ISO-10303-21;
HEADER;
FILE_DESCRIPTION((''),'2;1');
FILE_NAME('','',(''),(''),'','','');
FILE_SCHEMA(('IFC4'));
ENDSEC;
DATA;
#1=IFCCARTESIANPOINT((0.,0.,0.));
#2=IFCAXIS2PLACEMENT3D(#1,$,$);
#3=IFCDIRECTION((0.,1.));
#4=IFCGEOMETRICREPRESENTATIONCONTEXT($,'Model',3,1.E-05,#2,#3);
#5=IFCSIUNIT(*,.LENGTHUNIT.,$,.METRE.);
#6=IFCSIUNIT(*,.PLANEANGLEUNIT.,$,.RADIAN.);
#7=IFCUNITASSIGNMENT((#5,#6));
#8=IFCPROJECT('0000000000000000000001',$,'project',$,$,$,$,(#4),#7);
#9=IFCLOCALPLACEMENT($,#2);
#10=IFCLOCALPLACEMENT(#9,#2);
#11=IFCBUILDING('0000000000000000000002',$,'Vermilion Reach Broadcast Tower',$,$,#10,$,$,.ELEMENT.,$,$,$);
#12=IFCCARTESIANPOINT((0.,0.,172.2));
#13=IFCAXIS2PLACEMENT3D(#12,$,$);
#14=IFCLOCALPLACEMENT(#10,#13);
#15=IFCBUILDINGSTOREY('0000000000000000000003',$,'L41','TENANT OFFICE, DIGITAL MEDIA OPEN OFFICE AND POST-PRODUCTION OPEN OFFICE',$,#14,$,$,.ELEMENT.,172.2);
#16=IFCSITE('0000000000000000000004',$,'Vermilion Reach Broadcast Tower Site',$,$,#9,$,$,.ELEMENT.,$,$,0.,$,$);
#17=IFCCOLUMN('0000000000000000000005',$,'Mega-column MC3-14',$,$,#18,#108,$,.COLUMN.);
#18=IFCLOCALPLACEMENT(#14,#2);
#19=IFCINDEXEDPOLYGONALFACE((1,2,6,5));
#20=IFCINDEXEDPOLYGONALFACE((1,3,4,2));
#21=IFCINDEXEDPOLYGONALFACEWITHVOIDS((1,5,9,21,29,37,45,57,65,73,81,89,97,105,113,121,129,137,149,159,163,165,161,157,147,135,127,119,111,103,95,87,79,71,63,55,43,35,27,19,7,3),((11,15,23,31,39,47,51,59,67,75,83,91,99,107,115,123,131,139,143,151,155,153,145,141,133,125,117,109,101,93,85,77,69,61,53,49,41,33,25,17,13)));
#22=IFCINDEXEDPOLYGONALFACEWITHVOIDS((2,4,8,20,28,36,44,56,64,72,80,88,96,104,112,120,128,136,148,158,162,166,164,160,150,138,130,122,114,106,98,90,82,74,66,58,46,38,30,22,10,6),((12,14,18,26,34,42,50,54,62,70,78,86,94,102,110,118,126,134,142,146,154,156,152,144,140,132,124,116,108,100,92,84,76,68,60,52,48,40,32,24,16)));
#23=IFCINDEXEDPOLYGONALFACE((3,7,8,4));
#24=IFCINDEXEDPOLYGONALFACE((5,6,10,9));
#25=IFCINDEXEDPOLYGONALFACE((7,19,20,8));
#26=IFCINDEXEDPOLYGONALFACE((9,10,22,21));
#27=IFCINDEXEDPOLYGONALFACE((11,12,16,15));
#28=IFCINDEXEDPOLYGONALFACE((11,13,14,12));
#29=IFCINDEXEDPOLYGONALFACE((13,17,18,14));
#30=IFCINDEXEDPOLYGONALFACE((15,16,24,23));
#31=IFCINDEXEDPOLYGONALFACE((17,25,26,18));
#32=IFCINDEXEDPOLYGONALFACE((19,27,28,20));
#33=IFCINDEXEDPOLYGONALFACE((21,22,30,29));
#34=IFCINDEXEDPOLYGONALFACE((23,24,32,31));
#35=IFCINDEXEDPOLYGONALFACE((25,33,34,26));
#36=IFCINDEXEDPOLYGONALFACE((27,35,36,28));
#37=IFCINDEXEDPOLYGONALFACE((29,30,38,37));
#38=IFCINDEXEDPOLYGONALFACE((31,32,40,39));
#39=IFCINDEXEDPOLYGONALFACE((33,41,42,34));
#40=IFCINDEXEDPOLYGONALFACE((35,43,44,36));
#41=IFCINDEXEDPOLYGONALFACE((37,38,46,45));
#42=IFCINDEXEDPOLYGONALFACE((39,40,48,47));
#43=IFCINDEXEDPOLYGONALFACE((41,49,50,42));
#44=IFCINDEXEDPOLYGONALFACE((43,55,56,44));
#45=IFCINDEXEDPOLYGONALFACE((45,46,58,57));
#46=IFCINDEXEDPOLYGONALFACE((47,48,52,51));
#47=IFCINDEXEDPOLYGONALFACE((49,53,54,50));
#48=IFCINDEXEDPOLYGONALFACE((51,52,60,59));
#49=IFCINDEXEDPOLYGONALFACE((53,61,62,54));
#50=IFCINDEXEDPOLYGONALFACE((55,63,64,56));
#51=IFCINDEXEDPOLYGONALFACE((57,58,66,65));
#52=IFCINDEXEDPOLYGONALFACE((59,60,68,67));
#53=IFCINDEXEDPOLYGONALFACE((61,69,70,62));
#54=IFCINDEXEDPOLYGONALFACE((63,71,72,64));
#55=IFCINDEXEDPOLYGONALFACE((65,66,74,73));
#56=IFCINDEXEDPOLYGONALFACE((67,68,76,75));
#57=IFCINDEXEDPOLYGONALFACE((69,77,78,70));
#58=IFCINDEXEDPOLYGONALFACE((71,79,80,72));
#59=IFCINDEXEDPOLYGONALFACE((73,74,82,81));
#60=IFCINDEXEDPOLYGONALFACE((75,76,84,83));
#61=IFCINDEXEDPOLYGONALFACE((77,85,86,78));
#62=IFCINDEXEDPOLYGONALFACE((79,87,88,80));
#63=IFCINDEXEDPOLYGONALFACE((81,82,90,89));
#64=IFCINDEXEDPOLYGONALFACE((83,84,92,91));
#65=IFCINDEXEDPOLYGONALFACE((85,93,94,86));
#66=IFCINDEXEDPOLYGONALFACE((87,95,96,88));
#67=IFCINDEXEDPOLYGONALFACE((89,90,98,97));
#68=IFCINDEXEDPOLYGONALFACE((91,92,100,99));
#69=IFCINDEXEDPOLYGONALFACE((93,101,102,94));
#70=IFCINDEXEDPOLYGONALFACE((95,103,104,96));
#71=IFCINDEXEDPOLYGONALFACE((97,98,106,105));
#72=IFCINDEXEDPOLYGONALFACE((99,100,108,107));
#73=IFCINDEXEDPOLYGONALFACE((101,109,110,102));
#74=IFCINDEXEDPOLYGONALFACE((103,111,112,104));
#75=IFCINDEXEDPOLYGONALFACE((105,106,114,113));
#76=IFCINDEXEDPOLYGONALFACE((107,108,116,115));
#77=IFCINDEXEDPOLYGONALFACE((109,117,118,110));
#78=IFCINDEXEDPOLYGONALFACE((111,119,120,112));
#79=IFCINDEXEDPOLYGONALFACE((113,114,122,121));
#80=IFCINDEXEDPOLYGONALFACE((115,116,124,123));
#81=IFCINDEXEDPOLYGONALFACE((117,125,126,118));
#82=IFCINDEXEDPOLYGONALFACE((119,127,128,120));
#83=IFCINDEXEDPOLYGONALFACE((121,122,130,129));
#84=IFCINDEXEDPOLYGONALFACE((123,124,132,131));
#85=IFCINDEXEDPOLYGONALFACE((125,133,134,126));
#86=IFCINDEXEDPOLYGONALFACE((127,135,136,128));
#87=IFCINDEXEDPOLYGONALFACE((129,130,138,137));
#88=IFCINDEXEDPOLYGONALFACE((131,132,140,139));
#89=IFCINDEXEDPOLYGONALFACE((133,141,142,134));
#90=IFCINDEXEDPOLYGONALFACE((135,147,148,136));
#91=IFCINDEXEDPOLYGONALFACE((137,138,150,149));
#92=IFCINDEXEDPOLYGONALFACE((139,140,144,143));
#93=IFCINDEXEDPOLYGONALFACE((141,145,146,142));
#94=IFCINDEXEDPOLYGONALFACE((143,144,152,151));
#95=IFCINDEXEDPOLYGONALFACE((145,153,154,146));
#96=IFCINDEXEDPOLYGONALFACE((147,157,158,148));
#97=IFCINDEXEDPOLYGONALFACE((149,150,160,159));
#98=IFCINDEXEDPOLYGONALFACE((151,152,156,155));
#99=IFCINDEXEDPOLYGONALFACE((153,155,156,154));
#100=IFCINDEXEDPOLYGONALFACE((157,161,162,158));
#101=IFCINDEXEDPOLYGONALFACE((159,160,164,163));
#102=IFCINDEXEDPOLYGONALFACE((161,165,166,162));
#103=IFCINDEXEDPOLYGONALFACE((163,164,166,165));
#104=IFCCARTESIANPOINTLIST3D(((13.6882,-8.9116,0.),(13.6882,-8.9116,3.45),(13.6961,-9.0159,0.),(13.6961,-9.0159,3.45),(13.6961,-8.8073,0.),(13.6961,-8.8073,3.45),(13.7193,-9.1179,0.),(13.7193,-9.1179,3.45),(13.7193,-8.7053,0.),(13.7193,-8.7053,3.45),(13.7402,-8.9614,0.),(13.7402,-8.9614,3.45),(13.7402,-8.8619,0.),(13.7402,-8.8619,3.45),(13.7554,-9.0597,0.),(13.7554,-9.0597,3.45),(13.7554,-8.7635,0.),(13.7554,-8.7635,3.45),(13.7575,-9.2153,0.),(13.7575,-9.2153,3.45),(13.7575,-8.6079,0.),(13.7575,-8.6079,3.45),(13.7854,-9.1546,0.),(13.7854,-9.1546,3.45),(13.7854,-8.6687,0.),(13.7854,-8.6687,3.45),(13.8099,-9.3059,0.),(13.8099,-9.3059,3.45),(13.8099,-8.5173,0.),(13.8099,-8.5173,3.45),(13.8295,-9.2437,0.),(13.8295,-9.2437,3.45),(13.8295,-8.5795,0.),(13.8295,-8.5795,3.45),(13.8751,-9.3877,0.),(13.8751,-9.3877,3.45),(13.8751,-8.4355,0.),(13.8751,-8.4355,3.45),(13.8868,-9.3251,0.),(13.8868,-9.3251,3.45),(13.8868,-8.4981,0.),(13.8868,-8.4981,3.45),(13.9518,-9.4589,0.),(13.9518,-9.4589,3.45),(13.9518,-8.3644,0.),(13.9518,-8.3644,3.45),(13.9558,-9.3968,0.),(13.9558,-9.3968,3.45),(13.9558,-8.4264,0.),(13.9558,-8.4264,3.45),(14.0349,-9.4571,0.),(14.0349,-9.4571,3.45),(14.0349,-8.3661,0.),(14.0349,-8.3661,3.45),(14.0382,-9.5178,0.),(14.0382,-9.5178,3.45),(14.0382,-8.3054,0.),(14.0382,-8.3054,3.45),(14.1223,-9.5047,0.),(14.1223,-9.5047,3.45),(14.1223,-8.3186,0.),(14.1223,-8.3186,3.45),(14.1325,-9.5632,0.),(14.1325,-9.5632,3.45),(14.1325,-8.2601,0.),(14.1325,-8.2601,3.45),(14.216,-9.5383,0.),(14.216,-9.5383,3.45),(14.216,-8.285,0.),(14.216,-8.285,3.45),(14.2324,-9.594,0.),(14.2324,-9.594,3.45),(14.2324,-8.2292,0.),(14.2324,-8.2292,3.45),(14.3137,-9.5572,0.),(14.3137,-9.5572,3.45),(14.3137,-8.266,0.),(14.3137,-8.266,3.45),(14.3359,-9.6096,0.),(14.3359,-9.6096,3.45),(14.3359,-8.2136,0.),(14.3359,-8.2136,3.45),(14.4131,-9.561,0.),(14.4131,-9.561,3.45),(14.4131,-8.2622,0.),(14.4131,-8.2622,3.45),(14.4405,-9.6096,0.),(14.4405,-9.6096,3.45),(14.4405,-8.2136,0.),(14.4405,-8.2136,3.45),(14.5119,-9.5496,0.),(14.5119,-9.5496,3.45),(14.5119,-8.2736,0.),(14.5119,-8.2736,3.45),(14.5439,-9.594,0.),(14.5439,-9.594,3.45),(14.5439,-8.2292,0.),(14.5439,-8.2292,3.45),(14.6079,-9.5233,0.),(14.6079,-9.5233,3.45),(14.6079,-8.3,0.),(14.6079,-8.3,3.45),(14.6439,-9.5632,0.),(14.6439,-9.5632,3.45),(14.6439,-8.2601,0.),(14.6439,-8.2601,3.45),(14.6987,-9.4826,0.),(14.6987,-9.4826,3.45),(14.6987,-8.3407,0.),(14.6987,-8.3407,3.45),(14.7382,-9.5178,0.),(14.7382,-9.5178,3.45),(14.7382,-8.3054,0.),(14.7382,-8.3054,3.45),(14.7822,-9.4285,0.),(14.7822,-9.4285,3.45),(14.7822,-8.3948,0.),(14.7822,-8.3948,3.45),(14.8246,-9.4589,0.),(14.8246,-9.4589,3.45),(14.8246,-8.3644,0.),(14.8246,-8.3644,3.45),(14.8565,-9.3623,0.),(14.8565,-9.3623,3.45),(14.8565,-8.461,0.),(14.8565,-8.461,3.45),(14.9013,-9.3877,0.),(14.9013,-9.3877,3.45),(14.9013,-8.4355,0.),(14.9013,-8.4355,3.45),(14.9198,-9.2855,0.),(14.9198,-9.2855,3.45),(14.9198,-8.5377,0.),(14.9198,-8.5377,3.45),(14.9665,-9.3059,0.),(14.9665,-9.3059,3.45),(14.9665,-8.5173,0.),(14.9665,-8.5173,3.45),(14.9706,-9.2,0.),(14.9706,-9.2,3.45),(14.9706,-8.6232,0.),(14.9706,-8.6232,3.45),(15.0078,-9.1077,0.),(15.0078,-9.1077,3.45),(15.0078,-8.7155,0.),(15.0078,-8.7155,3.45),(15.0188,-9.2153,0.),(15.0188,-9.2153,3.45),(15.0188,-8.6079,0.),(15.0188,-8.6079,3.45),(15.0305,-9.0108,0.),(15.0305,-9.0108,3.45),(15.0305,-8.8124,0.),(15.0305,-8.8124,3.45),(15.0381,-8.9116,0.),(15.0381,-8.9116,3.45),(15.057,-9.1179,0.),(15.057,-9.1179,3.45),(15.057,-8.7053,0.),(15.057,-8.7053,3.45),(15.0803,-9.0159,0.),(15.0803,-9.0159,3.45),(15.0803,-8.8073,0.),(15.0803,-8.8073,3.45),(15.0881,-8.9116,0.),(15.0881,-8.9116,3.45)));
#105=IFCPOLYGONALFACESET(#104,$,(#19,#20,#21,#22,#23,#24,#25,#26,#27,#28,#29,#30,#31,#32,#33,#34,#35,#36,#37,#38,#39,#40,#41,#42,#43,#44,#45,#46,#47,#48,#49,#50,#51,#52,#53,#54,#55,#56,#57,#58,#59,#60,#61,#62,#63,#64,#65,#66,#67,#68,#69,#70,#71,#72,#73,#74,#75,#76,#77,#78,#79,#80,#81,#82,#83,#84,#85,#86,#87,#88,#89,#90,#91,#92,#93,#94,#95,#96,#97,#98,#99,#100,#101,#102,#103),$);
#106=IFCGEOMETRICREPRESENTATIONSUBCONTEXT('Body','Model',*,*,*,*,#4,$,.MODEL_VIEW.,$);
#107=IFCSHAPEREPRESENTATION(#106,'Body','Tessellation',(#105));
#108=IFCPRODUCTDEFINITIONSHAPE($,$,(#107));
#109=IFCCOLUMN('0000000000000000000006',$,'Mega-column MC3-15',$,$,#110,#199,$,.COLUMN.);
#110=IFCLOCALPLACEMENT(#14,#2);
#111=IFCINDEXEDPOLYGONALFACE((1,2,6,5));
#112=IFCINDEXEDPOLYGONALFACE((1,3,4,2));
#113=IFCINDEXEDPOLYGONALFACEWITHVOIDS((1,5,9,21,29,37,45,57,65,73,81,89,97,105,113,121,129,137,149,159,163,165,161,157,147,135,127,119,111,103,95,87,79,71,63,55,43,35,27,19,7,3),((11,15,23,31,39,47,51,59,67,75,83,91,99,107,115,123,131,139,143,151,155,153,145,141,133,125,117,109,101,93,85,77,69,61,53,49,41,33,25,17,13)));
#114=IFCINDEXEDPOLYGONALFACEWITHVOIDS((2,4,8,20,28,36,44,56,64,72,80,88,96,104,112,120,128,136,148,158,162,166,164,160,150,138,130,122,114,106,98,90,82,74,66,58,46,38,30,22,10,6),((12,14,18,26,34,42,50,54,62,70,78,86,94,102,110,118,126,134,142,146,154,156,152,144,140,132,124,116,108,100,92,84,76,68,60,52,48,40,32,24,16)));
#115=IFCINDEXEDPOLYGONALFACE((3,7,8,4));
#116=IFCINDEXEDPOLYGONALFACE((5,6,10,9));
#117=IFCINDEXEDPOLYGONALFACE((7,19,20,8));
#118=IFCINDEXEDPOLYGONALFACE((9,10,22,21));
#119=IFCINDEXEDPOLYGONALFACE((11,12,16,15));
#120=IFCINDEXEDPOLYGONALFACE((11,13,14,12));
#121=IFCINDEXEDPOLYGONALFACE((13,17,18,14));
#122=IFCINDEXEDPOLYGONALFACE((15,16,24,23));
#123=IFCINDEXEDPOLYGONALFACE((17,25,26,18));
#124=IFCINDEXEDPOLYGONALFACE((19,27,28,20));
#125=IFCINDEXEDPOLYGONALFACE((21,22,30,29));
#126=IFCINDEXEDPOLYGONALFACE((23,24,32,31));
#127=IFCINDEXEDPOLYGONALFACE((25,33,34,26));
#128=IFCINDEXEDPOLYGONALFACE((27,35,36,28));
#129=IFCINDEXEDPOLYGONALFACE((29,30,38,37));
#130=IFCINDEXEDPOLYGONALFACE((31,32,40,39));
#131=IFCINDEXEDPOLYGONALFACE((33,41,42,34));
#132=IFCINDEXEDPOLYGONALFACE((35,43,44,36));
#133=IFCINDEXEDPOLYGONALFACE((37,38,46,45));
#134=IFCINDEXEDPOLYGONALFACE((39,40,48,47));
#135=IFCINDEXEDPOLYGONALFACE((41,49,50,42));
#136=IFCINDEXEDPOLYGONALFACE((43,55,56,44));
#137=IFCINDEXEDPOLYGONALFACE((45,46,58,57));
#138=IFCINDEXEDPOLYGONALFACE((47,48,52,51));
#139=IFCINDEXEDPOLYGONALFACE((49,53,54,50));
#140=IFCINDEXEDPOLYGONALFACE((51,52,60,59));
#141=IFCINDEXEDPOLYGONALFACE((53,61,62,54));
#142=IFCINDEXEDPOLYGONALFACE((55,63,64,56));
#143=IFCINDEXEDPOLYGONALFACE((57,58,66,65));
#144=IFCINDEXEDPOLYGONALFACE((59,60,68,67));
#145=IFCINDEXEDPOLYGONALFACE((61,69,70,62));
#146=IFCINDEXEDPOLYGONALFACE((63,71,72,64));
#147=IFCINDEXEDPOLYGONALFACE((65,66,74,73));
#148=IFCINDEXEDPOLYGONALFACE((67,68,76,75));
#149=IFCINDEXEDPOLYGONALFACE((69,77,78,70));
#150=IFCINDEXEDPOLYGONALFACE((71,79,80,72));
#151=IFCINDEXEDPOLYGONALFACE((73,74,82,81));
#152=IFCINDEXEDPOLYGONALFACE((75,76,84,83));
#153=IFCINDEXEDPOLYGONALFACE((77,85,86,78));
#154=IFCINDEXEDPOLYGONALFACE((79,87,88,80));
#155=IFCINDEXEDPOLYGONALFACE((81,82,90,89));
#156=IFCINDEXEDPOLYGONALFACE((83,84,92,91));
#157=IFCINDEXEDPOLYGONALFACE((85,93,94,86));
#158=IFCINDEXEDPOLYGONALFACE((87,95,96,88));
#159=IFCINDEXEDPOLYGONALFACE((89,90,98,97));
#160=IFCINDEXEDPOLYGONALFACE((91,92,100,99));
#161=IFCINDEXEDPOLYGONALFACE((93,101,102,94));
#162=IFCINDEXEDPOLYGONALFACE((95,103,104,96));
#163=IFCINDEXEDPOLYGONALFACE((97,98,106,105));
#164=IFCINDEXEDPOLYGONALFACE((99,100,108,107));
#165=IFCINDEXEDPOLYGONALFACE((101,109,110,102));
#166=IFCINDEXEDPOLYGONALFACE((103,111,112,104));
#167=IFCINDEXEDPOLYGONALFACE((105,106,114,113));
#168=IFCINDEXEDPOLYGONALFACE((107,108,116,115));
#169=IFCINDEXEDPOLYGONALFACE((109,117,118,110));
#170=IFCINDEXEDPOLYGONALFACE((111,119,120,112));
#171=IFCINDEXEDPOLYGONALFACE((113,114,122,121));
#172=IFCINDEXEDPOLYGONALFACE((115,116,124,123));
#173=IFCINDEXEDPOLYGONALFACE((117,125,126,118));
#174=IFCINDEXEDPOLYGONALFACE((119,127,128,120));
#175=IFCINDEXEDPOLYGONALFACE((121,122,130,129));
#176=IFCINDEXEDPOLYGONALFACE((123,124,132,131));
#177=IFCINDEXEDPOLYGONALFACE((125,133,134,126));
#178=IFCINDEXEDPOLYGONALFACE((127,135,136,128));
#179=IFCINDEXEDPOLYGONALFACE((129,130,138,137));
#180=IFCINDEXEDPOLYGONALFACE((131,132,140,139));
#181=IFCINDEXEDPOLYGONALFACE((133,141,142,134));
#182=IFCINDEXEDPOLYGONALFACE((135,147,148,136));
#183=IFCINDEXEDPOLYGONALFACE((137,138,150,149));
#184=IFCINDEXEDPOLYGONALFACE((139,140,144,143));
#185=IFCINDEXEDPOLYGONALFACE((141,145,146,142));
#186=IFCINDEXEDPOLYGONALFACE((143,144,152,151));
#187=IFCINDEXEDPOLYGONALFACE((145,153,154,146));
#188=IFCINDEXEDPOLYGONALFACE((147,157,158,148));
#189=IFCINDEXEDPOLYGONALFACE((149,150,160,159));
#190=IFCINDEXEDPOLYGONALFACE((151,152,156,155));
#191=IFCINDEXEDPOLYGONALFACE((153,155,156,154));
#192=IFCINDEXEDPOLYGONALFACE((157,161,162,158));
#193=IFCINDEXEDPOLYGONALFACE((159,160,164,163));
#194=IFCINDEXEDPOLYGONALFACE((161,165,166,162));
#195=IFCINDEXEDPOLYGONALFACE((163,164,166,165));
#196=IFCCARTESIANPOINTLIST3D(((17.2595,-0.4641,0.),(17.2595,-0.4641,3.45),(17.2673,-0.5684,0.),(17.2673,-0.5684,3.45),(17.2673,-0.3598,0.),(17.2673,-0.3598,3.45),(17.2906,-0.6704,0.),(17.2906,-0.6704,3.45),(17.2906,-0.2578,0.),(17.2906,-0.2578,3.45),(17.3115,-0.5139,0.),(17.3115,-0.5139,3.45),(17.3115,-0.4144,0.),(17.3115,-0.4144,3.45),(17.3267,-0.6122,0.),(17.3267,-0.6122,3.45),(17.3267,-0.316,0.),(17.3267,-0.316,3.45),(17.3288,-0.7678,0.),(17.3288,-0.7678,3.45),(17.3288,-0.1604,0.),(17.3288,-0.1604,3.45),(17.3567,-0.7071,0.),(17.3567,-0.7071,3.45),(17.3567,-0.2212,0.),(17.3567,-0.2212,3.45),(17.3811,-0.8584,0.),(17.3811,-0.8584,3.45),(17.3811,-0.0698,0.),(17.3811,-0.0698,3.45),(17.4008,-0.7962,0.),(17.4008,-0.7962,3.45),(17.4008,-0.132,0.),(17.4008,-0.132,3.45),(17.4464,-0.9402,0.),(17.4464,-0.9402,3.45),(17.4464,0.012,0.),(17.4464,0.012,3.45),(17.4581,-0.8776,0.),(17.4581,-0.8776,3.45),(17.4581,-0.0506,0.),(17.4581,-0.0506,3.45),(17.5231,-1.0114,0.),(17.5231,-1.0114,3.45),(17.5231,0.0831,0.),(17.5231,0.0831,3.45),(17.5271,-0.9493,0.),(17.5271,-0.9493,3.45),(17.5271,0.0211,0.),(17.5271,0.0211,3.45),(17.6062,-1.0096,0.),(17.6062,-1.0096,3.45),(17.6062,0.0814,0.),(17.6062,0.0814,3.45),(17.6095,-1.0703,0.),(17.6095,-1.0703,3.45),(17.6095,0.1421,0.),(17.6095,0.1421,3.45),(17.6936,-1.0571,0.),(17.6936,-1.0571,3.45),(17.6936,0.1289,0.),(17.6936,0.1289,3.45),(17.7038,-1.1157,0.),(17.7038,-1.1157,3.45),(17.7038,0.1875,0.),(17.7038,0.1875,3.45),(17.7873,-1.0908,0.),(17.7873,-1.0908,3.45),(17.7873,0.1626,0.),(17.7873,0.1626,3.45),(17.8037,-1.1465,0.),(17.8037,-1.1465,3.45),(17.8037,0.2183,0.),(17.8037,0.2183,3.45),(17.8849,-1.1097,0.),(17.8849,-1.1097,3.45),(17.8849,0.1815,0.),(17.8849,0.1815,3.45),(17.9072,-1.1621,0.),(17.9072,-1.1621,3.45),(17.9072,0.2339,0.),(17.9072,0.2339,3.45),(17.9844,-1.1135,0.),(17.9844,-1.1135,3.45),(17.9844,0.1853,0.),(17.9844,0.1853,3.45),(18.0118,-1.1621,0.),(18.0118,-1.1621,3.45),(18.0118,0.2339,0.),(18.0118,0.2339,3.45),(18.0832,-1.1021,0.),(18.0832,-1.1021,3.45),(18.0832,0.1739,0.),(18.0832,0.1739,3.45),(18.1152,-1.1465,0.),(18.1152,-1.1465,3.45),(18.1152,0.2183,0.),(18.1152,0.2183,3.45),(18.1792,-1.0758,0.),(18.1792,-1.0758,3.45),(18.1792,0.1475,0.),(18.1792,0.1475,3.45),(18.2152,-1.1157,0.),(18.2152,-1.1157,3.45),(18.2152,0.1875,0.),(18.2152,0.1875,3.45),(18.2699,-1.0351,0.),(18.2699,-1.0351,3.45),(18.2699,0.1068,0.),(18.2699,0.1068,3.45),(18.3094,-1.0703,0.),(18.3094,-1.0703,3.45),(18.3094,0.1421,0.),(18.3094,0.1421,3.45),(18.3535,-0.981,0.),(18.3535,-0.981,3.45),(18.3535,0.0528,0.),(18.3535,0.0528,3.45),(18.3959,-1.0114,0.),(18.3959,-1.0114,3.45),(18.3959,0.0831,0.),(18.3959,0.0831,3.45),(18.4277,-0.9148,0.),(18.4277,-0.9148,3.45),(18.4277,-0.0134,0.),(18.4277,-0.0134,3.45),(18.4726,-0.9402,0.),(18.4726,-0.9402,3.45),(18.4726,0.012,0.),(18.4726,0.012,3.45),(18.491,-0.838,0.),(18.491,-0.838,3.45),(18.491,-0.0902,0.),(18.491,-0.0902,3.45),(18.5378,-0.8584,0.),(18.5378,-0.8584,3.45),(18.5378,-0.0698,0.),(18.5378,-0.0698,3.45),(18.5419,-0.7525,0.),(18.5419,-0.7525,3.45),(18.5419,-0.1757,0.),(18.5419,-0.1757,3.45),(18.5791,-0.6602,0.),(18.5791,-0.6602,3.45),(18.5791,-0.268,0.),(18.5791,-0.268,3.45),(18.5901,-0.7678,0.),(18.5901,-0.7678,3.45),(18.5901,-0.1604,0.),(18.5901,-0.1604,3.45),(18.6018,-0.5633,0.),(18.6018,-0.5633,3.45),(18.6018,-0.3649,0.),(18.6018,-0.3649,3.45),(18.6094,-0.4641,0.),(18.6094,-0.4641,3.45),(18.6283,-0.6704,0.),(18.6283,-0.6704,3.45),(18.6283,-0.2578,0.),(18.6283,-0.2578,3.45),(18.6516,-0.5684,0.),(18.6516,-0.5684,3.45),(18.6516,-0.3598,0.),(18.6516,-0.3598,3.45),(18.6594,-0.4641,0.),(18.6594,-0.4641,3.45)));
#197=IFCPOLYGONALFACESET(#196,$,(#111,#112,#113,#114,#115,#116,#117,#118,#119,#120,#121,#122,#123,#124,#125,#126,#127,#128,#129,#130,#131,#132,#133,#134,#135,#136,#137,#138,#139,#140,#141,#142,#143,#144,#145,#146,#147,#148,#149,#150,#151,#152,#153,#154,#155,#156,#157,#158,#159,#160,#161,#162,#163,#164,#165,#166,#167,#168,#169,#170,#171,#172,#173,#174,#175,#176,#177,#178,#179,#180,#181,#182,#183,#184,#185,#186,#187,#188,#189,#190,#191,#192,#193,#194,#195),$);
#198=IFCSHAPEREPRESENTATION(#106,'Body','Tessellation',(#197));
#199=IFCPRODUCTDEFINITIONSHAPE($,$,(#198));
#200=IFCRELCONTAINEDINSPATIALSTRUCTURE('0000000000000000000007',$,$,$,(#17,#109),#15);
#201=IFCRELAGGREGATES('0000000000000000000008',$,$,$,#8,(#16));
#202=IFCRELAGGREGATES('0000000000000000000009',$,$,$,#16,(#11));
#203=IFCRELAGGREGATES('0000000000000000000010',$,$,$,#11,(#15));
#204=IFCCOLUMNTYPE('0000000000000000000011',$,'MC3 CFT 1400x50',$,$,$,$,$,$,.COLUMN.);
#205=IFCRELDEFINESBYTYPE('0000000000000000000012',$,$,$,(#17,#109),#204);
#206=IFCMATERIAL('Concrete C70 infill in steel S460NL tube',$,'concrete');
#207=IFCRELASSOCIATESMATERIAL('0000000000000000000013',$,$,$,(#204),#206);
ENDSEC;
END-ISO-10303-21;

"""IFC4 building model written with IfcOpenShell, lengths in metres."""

from ifc_helpers import new_model, si_unit, direction, frame, origin, origin_2d, place, context, subcontext, project, spatial, hollow_circle, extrude, material, material_profile, profile_set, type_object, element, save


model = new_model("IFC4")

# Units and contexts
model_context = context("Model", 3, precision=1e-05, world=origin(), true_north=direction((0.0, 1.0)))
body_context = subcontext(model_context, "Body", "Model", "MODEL_VIEW")
ifc_project = project(units=[si_unit("LENGTHUNIT", "METRE"), si_unit("PLANEANGLEUNIT", "RADIAN")], contexts=[model_context])

# Site, building, storey
site_placement = place(None, origin())
site = spatial("IfcSite", under=ifc_project, at=site_placement, Name="Vermilion Reach Broadcast Tower Site", CompositionType="ELEMENT", RefElevation=0.0)
building_placement = place(site_placement, origin())
building = spatial("IfcBuilding", under=site, at=building_placement, Name="Vermilion Reach Broadcast Tower", CompositionType="ELEMENT")
storey_placement = place(building_placement, frame((0.0, 0.0, 172.2)))
storey = spatial("IfcBuildingStorey", under=building, at=storey_placement, Name="L41", Description="TENANT OFFICE, DIGITAL MEDIA OPEN OFFICE AND POST-PRODUCTION OPEN OFFICE", CompositionType="ELEMENT", Elevation=172.2)

# Columns
ifc_material_1 = material(Name="Concrete C70 infill in steel S460NL tube", Category="concrete")
ifc_material_profile_1 = material_profile(ifc_material_1, hollow_circle(Radius=0.7, WallThickness=0.05, at=origin_2d()), Name="Concrete C70 infill in steel S460NL tube CFT 1400x50")
ifc_profile_set_1 = profile_set([ifc_material_profile_1], Name="Concrete C70 infill in steel S460NL tube")
column_type = type_object("IfcColumnType", Name="MC3 CFT 1400x50", PredefinedType="COLUMN", material=ifc_profile_set_1)
for number, where, z_axis, x_axis, name in (
    (1, (14.3882, -8.9116, 0.0), (0.0, 0.0, 1.0), (1.0, 0.0, 0.0), "Mega-column MC3-14"),
    (2, (17.9595, -0.4641, 0.0), (0.0, 0.0, 1.0), (1.0, 0.0, 0.0), "Mega-column MC3-15"),
):
    element("IfcColumn", number, at=place(storey_placement, frame(where, z_axis=z_axis, x_axis=x_axis)), inside=storey, type_object=column_type, Name=name, PredefinedType="COLUMN", context=body_context, shape_type="SweptSolid", body=[
        extrude(hollow_circle(Radius=0.7, WallThickness=0.05, at=origin_2d()), origin(), (0.0, 0.0, 1.0), 3.45),
    ])

save(model, "model.ifc")
